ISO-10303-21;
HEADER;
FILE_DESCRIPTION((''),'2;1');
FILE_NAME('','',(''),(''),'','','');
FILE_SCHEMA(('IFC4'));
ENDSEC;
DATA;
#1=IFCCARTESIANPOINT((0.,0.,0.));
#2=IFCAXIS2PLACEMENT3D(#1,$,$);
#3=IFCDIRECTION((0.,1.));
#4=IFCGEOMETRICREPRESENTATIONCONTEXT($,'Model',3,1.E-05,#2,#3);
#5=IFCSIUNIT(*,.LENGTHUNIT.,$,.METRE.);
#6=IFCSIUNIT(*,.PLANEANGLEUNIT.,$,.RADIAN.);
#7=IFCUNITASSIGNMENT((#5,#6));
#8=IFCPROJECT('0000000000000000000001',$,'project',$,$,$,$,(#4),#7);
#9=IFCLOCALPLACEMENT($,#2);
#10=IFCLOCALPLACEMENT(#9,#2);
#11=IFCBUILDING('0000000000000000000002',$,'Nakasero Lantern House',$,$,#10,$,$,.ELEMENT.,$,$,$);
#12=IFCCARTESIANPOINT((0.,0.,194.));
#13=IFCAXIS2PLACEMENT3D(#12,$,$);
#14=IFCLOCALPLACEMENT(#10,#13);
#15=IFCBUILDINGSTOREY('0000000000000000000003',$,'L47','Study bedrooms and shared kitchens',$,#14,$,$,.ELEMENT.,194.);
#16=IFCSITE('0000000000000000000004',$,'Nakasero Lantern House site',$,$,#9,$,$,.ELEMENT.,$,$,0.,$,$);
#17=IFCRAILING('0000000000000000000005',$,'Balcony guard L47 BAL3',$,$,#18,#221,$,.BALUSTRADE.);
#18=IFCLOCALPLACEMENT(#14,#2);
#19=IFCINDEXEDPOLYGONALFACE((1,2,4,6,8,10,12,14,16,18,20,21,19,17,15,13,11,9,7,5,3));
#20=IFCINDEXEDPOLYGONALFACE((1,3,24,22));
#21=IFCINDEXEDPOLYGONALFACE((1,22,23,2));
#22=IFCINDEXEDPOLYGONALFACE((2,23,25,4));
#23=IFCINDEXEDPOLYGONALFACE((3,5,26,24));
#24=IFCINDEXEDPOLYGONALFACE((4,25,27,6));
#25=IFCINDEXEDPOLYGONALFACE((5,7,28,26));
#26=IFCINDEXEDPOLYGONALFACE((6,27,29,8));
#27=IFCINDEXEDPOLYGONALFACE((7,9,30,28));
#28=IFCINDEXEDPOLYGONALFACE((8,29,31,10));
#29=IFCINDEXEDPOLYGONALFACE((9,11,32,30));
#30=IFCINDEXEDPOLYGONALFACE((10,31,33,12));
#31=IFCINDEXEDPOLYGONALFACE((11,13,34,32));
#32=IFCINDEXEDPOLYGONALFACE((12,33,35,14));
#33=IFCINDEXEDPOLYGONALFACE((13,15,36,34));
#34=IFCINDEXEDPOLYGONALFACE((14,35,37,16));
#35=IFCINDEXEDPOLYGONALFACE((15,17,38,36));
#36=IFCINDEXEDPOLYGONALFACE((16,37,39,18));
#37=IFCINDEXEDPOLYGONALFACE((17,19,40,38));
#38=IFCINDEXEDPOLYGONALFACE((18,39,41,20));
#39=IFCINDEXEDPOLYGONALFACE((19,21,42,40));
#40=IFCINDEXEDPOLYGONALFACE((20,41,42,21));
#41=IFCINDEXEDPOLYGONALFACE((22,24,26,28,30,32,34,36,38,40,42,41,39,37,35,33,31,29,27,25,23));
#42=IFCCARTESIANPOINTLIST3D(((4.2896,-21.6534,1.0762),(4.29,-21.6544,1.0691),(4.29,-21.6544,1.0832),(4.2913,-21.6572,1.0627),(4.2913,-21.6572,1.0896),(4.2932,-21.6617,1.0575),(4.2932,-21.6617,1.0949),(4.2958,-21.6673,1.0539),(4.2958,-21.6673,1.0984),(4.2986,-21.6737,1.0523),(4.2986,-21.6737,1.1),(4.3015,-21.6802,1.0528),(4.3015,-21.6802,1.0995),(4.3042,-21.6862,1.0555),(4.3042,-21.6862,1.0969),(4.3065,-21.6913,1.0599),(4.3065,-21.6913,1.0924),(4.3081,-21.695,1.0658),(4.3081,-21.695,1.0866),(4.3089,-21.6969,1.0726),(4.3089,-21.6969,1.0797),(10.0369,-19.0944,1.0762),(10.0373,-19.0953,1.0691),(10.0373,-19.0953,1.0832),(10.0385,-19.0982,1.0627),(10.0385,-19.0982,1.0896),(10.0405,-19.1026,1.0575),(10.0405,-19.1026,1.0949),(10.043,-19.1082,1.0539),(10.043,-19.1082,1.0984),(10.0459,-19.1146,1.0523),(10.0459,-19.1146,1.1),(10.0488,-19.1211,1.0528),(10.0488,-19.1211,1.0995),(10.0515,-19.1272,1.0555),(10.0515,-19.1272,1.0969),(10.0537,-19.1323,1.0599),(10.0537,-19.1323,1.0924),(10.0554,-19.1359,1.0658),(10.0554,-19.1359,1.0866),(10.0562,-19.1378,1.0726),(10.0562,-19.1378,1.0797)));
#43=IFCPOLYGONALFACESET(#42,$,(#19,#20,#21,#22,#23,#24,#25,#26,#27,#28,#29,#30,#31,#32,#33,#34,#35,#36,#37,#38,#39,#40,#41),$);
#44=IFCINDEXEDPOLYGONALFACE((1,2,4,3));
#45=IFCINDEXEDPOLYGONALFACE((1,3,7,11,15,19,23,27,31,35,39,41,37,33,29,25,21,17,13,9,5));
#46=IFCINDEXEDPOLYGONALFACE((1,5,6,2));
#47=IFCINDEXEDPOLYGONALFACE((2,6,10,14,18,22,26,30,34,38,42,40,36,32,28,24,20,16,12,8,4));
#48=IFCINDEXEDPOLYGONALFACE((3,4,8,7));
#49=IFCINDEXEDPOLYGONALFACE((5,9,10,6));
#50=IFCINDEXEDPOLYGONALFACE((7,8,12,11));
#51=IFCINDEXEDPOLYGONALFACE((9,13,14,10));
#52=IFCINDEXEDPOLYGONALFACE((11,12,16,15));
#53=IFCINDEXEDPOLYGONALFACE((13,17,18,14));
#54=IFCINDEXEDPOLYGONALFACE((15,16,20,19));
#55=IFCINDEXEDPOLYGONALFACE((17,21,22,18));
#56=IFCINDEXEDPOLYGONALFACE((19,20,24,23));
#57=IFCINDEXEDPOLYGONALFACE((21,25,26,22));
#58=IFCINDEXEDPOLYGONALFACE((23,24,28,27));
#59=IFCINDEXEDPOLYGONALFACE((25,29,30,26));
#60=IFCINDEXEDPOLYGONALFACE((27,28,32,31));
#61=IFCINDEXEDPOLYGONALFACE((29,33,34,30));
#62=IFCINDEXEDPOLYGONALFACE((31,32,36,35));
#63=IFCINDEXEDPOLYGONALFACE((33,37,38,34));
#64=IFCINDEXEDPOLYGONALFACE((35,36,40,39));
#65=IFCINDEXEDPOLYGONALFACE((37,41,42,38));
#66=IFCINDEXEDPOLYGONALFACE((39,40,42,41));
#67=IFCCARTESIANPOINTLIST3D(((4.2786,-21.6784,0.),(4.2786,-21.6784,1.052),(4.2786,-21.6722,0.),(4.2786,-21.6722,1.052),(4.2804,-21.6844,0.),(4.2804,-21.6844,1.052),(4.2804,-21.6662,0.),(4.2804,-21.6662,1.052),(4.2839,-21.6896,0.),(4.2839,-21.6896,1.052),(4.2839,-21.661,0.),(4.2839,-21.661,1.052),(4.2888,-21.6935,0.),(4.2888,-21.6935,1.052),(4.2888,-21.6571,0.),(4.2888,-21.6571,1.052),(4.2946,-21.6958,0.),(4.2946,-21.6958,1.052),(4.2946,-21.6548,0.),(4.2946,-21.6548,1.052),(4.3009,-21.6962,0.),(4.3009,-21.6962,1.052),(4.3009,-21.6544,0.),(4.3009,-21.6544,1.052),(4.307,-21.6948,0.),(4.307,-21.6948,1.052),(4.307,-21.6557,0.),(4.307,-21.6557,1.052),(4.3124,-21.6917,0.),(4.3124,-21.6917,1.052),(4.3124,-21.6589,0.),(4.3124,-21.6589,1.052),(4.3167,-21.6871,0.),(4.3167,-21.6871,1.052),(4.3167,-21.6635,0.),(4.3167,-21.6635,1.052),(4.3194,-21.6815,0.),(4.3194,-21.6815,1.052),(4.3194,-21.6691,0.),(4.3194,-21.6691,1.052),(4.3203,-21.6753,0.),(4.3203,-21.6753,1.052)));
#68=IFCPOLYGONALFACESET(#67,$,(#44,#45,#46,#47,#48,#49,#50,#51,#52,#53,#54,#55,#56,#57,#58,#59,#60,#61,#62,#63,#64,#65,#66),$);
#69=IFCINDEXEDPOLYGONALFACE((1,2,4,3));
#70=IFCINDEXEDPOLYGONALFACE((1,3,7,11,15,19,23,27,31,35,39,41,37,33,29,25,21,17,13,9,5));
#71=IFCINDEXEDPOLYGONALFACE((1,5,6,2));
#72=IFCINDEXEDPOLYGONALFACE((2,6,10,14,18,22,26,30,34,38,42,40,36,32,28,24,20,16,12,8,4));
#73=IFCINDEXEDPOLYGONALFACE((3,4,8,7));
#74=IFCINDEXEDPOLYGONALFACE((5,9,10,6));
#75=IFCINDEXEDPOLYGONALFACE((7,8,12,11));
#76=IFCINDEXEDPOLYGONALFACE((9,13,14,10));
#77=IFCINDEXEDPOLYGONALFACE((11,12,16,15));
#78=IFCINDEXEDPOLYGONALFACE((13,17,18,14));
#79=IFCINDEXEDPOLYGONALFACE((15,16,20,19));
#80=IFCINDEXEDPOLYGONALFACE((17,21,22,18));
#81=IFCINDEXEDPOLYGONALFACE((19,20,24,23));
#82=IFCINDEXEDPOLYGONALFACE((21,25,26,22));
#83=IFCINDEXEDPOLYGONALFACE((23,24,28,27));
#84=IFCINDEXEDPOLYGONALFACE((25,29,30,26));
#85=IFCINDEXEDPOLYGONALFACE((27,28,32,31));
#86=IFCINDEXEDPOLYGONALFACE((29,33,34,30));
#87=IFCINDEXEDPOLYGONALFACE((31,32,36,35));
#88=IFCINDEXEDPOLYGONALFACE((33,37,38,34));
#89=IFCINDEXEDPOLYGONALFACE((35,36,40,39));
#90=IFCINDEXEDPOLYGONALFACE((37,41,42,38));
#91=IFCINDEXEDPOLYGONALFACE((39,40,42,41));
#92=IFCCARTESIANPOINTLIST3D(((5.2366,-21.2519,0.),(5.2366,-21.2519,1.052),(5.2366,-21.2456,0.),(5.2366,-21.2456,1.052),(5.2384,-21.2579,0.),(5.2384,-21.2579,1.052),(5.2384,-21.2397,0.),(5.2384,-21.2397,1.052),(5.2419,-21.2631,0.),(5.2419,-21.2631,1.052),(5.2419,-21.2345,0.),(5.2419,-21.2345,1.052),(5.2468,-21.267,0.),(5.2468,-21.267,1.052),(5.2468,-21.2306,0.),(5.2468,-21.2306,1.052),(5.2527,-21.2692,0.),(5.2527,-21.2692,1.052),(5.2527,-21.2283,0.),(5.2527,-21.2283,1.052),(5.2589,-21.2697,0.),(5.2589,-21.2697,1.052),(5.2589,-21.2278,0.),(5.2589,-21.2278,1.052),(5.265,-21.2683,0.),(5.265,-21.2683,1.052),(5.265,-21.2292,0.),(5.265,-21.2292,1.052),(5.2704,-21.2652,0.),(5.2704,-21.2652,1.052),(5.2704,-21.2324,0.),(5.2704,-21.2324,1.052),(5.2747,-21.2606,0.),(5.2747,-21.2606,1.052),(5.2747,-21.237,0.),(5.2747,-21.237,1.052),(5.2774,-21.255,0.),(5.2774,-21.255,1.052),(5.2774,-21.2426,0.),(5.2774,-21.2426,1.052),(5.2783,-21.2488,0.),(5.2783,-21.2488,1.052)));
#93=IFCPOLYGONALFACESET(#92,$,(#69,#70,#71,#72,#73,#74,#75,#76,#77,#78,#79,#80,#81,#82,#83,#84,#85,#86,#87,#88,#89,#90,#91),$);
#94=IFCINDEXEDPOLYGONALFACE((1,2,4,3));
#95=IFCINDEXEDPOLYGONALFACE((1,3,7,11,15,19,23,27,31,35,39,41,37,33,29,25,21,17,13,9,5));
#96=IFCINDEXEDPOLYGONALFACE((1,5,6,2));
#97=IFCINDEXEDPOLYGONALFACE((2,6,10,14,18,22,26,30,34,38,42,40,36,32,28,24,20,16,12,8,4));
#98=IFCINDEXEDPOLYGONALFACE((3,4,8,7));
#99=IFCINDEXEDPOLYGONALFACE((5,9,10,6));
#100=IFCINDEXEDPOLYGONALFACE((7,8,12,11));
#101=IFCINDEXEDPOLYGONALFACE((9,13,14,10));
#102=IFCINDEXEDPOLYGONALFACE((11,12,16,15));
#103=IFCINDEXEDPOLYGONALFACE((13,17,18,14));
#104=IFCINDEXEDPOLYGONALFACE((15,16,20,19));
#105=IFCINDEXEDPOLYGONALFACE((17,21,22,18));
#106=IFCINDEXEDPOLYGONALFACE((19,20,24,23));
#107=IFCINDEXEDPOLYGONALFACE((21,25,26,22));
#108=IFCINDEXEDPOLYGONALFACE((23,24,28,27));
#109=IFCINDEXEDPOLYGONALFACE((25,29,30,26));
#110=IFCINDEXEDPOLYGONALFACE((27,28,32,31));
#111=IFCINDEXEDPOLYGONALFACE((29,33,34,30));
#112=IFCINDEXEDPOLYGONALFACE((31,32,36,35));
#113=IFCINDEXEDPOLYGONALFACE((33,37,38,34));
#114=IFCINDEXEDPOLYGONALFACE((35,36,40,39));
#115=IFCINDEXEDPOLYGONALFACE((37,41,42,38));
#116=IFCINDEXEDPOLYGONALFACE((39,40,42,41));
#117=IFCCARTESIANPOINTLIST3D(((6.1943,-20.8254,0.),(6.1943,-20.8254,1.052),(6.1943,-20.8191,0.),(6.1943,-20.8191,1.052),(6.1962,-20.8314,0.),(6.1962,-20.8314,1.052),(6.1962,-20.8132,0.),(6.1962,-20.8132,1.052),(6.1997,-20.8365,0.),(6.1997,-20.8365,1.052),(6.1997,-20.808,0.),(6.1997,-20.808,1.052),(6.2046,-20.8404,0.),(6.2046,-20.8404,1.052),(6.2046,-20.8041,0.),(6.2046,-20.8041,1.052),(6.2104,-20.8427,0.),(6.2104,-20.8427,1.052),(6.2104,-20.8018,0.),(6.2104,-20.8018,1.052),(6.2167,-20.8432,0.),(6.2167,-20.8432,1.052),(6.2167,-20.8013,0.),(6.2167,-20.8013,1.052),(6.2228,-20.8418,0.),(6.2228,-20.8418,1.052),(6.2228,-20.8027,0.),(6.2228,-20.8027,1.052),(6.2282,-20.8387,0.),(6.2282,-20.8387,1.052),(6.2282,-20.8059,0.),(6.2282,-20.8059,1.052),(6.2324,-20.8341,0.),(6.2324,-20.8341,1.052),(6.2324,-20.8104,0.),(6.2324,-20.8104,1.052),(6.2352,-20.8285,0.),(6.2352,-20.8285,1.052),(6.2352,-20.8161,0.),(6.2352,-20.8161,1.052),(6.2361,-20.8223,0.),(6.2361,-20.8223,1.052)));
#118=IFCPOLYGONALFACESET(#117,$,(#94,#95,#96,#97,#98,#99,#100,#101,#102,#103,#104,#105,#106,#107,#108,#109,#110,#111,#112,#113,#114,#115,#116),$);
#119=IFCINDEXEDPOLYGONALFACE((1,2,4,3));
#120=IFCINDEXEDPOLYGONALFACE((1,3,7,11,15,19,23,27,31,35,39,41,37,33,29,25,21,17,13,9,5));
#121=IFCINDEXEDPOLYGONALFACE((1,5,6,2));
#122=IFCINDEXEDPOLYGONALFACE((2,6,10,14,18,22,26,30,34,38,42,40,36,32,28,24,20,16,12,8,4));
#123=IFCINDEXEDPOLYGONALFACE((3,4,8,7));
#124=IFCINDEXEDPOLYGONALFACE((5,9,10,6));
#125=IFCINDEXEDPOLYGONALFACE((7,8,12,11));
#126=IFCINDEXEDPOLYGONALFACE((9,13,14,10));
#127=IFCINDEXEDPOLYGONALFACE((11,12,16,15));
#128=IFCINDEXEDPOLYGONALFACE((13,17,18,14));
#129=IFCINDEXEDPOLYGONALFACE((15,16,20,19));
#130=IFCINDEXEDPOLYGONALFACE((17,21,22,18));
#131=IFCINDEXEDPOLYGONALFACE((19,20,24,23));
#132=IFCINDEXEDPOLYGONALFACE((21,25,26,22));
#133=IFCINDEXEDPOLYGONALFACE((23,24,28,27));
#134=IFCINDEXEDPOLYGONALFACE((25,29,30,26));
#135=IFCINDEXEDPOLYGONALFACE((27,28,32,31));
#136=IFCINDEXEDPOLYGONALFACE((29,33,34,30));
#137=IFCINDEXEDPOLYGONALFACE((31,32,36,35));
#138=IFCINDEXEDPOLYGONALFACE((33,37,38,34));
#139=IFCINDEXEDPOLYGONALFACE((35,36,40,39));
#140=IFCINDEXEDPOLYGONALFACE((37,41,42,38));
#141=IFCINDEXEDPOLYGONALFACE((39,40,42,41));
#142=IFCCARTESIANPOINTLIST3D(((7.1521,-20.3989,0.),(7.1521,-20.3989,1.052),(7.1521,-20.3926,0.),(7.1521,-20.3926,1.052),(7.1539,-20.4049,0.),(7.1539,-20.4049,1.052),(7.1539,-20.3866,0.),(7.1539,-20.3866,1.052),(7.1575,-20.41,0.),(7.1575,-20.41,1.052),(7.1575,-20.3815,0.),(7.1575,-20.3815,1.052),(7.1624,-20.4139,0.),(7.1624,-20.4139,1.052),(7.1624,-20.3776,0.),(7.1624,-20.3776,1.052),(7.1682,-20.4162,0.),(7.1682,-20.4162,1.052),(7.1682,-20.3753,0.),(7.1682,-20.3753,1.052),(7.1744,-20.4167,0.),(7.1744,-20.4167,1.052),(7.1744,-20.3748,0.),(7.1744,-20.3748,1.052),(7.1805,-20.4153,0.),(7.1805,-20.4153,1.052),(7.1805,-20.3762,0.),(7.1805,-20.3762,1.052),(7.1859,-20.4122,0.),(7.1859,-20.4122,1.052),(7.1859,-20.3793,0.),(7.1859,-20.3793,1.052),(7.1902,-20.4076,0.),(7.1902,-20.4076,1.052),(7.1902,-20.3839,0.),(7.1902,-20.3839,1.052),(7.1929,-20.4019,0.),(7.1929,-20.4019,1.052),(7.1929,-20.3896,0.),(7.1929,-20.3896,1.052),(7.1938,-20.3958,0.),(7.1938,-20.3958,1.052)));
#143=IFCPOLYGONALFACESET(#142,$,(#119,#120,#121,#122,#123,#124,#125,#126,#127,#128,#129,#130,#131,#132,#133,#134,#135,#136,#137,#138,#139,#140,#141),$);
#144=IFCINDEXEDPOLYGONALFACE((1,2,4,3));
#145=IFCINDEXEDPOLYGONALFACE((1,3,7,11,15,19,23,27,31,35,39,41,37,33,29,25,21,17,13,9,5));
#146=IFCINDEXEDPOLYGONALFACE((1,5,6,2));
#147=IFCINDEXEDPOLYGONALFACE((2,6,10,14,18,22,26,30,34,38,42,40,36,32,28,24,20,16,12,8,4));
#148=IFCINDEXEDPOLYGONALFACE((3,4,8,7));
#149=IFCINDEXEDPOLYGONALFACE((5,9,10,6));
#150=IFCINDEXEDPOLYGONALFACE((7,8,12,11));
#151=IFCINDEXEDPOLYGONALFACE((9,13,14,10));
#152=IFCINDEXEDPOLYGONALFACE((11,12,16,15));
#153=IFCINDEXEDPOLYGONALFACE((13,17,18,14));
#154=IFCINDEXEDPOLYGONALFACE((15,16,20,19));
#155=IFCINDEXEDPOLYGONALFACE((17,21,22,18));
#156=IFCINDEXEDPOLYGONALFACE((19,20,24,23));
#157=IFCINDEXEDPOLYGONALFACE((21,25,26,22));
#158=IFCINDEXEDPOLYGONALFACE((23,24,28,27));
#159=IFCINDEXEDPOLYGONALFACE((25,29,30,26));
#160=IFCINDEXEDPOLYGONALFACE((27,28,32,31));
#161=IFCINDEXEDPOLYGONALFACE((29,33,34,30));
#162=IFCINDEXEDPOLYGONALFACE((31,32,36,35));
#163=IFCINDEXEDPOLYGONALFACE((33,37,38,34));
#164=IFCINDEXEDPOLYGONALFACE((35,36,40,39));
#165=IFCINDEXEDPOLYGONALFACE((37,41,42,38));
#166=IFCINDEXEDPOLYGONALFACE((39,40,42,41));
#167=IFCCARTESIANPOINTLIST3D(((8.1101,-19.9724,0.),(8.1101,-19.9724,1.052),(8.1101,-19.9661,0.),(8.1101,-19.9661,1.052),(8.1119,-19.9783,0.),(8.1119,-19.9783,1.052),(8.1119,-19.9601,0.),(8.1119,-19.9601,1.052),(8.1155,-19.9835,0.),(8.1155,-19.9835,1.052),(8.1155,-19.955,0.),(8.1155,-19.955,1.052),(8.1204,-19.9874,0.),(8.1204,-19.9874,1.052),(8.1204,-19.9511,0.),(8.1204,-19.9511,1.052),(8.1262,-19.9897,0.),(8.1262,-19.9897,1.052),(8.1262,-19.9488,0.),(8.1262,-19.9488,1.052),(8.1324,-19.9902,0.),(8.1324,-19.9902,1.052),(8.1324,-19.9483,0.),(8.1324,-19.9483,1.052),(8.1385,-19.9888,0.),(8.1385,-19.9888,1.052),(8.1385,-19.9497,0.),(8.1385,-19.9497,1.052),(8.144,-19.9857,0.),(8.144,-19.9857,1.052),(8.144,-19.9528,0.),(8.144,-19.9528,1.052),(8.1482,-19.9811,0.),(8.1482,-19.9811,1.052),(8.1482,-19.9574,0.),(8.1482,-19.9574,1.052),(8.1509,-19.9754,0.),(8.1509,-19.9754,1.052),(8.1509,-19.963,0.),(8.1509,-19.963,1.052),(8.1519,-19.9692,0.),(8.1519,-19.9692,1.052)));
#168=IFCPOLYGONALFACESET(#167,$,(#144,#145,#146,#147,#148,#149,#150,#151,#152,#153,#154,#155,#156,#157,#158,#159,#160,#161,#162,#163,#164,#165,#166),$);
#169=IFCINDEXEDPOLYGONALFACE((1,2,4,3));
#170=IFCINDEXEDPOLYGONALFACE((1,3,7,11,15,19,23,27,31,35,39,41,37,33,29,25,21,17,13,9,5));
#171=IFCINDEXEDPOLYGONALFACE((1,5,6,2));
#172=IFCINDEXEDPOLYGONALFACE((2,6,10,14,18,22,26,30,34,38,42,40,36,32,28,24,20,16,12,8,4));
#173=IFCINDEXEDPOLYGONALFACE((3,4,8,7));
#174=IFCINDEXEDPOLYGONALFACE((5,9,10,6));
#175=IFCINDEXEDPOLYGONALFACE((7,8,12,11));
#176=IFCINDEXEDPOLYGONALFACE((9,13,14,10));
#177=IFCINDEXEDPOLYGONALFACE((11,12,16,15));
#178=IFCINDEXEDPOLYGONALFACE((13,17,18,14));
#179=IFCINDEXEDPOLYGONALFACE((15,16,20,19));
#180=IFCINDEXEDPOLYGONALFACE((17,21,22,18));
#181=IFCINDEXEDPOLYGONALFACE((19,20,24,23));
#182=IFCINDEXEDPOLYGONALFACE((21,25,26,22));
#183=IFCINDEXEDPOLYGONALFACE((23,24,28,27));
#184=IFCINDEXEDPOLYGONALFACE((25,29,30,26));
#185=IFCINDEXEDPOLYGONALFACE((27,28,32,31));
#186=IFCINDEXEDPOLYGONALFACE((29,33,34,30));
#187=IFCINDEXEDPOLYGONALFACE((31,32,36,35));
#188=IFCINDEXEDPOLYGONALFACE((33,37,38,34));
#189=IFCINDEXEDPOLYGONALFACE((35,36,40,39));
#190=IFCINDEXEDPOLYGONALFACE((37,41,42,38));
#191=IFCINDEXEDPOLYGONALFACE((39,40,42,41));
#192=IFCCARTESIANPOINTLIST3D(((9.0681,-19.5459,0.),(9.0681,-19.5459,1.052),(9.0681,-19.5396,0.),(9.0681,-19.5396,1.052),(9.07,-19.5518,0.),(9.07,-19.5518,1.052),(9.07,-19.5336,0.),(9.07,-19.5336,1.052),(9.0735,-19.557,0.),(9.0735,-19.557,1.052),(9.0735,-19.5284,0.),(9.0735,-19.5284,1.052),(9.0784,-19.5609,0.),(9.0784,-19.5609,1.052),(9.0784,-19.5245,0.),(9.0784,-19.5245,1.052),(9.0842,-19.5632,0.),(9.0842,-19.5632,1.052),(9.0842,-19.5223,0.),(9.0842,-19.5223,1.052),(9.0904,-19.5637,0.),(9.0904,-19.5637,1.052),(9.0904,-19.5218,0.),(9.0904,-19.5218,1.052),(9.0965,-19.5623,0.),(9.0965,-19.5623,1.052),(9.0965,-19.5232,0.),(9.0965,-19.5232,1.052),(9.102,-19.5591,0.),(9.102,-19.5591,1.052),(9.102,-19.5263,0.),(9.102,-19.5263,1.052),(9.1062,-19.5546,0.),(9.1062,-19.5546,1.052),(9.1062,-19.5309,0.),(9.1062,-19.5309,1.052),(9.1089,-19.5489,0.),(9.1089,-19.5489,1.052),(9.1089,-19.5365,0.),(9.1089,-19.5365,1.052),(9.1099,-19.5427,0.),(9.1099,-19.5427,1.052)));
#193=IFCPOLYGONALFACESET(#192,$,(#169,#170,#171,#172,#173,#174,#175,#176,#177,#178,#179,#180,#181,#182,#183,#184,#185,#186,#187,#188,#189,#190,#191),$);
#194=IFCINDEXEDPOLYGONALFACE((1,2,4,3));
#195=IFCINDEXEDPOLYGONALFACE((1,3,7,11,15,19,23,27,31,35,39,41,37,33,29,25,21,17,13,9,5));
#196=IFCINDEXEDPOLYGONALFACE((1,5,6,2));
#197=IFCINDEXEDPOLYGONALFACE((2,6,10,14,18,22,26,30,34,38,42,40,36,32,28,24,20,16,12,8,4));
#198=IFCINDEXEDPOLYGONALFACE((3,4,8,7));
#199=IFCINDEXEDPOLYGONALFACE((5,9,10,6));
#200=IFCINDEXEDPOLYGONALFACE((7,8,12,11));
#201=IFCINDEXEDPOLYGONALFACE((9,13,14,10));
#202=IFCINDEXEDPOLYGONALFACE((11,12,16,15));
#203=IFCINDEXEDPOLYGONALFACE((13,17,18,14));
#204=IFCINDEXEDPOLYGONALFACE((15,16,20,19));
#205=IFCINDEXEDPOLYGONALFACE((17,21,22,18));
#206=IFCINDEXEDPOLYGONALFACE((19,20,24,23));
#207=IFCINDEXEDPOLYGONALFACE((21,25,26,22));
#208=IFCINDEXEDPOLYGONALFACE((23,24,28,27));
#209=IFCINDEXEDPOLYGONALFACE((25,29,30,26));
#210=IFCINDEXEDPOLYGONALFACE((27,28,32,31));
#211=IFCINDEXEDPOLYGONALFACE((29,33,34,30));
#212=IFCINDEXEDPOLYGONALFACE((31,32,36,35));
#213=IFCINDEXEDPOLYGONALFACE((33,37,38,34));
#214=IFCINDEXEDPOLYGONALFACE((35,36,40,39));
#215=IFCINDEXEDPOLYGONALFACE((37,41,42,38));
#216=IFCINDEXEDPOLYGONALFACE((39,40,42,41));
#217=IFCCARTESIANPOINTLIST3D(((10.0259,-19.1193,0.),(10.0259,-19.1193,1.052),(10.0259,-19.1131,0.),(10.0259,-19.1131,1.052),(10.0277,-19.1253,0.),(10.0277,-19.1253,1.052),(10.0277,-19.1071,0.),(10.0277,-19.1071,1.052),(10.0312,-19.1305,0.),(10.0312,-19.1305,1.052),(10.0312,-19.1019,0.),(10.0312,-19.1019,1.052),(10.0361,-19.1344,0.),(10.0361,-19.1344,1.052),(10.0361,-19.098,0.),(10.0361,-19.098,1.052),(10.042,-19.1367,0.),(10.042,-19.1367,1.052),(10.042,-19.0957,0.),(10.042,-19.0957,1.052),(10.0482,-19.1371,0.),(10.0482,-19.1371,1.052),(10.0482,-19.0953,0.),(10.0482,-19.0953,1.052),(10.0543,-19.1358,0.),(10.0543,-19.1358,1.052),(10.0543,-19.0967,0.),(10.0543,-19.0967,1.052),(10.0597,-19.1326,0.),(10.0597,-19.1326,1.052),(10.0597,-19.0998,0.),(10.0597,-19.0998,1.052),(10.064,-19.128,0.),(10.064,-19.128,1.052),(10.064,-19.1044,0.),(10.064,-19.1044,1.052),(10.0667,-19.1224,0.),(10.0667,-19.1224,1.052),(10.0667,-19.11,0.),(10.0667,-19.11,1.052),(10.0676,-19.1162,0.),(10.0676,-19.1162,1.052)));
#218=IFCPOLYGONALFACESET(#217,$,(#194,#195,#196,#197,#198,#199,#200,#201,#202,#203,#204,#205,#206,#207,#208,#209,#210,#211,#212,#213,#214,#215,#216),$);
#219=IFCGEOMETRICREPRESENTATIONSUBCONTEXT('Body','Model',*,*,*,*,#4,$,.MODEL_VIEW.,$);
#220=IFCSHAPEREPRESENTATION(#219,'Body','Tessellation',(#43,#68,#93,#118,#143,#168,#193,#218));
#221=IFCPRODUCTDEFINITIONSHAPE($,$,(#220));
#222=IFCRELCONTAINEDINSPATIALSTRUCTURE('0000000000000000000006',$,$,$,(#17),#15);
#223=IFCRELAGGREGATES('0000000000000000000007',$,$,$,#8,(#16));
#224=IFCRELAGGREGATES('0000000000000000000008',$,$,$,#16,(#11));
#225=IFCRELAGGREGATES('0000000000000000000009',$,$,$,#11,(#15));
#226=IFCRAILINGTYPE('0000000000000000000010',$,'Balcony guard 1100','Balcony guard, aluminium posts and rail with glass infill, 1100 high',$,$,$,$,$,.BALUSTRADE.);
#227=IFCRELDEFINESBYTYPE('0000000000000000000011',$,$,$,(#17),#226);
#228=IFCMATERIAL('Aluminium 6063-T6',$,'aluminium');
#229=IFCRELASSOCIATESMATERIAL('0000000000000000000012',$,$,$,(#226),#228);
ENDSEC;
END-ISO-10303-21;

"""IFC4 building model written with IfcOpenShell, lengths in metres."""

from ifc_helpers import new_model, si_unit, direction, frame, origin, origin_2d, place, context, subcontext, project, spatial, circle, extrude, material, type_object, element, save


model = new_model("IFC4")

# Units and contexts
model_context = context("Model", 3, precision=1e-05, world=origin(), true_north=direction((0.0, 1.0)))
body_context = subcontext(model_context, "Body", "Model", "MODEL_VIEW")
ifc_project = project(units=[si_unit("LENGTHUNIT", "METRE"), si_unit("PLANEANGLEUNIT", "RADIAN")], contexts=[model_context])

# Site, building, storey
site_placement = place(None, origin())
site = spatial("IfcSite", under=ifc_project, at=site_placement, Name="Nakasero Lantern House site", CompositionType="ELEMENT", RefElevation=0.0)
building_placement = place(site_placement, origin())
building = spatial("IfcBuilding", under=site, at=building_placement, Name="Nakasero Lantern House", CompositionType="ELEMENT")
storey_placement = place(building_placement, frame((0.0, 0.0, 194.0)))
storey = spatial("IfcBuildingStorey", under=building, at=storey_placement, Name="L47", Description="Study bedrooms and shared kitchens", CompositionType="ELEMENT", Elevation=194.0)

# Railing
ifc_material_1 = material(Name="Aluminium 6063-T6", Category="aluminium")
railing_type = type_object("IfcRailingType", Name="Balcony guard 1100", Description="Balcony guard, aluminium posts and rail with glass infill, 1100 high", PredefinedType="BALUSTRADE", material=ifc_material_1)
railing_placement = place(storey_placement, frame((4.2993, -21.6753, 0.0)))
element("IfcRailing", 1, at=railing_placement, inside=storey, type_object=railing_type, Name="Balcony guard L47 BAL3", PredefinedType="BALUSTRADE", context=body_context, shape_type="SweptSolid", body=[
    extrude(circle(Radius=0.0239, at=origin_2d()), frame((0.0, 0.0, 1.0762), z_axis=(0.913533, 0.406765, 0.0), x_axis=(-0.406765, 0.913533, 0.0)), (0.0, 0.0, 1.0), 6.2913),
    extrude(circle(Radius=0.021, at=origin_2d()), origin(), (0.0, 0.0, 1.0), 1.052),
    extrude(circle(Radius=0.021, at=origin_2d()), frame((0.958, 0.4265, 0.0)), (0.0, 0.0, 1.0), 1.052),
    extrude(circle(Radius=0.021, at=origin_2d()), frame((1.9158, 0.853, 0.0)), (0.0, 0.0, 1.0), 1.052),
    extrude(circle(Radius=0.021, at=origin_2d()), frame((2.8735, 1.2795, 0.0)), (0.0, 0.0, 1.0), 1.052),
    extrude(circle(Radius=0.021, at=origin_2d()), frame((3.8315, 1.7061, 0.0)), (0.0, 0.0, 1.0), 1.052),
    extrude(circle(Radius=0.021, at=origin_2d()), frame((4.7896, 2.1326, 0.0)), (0.0, 0.0, 1.0), 1.052),
    extrude(circle(Radius=0.021, at=origin_2d()), frame((5.7473, 2.5591, 0.0)), (0.0, 0.0, 1.0), 1.052),
])

save(model, "model.ifc")
